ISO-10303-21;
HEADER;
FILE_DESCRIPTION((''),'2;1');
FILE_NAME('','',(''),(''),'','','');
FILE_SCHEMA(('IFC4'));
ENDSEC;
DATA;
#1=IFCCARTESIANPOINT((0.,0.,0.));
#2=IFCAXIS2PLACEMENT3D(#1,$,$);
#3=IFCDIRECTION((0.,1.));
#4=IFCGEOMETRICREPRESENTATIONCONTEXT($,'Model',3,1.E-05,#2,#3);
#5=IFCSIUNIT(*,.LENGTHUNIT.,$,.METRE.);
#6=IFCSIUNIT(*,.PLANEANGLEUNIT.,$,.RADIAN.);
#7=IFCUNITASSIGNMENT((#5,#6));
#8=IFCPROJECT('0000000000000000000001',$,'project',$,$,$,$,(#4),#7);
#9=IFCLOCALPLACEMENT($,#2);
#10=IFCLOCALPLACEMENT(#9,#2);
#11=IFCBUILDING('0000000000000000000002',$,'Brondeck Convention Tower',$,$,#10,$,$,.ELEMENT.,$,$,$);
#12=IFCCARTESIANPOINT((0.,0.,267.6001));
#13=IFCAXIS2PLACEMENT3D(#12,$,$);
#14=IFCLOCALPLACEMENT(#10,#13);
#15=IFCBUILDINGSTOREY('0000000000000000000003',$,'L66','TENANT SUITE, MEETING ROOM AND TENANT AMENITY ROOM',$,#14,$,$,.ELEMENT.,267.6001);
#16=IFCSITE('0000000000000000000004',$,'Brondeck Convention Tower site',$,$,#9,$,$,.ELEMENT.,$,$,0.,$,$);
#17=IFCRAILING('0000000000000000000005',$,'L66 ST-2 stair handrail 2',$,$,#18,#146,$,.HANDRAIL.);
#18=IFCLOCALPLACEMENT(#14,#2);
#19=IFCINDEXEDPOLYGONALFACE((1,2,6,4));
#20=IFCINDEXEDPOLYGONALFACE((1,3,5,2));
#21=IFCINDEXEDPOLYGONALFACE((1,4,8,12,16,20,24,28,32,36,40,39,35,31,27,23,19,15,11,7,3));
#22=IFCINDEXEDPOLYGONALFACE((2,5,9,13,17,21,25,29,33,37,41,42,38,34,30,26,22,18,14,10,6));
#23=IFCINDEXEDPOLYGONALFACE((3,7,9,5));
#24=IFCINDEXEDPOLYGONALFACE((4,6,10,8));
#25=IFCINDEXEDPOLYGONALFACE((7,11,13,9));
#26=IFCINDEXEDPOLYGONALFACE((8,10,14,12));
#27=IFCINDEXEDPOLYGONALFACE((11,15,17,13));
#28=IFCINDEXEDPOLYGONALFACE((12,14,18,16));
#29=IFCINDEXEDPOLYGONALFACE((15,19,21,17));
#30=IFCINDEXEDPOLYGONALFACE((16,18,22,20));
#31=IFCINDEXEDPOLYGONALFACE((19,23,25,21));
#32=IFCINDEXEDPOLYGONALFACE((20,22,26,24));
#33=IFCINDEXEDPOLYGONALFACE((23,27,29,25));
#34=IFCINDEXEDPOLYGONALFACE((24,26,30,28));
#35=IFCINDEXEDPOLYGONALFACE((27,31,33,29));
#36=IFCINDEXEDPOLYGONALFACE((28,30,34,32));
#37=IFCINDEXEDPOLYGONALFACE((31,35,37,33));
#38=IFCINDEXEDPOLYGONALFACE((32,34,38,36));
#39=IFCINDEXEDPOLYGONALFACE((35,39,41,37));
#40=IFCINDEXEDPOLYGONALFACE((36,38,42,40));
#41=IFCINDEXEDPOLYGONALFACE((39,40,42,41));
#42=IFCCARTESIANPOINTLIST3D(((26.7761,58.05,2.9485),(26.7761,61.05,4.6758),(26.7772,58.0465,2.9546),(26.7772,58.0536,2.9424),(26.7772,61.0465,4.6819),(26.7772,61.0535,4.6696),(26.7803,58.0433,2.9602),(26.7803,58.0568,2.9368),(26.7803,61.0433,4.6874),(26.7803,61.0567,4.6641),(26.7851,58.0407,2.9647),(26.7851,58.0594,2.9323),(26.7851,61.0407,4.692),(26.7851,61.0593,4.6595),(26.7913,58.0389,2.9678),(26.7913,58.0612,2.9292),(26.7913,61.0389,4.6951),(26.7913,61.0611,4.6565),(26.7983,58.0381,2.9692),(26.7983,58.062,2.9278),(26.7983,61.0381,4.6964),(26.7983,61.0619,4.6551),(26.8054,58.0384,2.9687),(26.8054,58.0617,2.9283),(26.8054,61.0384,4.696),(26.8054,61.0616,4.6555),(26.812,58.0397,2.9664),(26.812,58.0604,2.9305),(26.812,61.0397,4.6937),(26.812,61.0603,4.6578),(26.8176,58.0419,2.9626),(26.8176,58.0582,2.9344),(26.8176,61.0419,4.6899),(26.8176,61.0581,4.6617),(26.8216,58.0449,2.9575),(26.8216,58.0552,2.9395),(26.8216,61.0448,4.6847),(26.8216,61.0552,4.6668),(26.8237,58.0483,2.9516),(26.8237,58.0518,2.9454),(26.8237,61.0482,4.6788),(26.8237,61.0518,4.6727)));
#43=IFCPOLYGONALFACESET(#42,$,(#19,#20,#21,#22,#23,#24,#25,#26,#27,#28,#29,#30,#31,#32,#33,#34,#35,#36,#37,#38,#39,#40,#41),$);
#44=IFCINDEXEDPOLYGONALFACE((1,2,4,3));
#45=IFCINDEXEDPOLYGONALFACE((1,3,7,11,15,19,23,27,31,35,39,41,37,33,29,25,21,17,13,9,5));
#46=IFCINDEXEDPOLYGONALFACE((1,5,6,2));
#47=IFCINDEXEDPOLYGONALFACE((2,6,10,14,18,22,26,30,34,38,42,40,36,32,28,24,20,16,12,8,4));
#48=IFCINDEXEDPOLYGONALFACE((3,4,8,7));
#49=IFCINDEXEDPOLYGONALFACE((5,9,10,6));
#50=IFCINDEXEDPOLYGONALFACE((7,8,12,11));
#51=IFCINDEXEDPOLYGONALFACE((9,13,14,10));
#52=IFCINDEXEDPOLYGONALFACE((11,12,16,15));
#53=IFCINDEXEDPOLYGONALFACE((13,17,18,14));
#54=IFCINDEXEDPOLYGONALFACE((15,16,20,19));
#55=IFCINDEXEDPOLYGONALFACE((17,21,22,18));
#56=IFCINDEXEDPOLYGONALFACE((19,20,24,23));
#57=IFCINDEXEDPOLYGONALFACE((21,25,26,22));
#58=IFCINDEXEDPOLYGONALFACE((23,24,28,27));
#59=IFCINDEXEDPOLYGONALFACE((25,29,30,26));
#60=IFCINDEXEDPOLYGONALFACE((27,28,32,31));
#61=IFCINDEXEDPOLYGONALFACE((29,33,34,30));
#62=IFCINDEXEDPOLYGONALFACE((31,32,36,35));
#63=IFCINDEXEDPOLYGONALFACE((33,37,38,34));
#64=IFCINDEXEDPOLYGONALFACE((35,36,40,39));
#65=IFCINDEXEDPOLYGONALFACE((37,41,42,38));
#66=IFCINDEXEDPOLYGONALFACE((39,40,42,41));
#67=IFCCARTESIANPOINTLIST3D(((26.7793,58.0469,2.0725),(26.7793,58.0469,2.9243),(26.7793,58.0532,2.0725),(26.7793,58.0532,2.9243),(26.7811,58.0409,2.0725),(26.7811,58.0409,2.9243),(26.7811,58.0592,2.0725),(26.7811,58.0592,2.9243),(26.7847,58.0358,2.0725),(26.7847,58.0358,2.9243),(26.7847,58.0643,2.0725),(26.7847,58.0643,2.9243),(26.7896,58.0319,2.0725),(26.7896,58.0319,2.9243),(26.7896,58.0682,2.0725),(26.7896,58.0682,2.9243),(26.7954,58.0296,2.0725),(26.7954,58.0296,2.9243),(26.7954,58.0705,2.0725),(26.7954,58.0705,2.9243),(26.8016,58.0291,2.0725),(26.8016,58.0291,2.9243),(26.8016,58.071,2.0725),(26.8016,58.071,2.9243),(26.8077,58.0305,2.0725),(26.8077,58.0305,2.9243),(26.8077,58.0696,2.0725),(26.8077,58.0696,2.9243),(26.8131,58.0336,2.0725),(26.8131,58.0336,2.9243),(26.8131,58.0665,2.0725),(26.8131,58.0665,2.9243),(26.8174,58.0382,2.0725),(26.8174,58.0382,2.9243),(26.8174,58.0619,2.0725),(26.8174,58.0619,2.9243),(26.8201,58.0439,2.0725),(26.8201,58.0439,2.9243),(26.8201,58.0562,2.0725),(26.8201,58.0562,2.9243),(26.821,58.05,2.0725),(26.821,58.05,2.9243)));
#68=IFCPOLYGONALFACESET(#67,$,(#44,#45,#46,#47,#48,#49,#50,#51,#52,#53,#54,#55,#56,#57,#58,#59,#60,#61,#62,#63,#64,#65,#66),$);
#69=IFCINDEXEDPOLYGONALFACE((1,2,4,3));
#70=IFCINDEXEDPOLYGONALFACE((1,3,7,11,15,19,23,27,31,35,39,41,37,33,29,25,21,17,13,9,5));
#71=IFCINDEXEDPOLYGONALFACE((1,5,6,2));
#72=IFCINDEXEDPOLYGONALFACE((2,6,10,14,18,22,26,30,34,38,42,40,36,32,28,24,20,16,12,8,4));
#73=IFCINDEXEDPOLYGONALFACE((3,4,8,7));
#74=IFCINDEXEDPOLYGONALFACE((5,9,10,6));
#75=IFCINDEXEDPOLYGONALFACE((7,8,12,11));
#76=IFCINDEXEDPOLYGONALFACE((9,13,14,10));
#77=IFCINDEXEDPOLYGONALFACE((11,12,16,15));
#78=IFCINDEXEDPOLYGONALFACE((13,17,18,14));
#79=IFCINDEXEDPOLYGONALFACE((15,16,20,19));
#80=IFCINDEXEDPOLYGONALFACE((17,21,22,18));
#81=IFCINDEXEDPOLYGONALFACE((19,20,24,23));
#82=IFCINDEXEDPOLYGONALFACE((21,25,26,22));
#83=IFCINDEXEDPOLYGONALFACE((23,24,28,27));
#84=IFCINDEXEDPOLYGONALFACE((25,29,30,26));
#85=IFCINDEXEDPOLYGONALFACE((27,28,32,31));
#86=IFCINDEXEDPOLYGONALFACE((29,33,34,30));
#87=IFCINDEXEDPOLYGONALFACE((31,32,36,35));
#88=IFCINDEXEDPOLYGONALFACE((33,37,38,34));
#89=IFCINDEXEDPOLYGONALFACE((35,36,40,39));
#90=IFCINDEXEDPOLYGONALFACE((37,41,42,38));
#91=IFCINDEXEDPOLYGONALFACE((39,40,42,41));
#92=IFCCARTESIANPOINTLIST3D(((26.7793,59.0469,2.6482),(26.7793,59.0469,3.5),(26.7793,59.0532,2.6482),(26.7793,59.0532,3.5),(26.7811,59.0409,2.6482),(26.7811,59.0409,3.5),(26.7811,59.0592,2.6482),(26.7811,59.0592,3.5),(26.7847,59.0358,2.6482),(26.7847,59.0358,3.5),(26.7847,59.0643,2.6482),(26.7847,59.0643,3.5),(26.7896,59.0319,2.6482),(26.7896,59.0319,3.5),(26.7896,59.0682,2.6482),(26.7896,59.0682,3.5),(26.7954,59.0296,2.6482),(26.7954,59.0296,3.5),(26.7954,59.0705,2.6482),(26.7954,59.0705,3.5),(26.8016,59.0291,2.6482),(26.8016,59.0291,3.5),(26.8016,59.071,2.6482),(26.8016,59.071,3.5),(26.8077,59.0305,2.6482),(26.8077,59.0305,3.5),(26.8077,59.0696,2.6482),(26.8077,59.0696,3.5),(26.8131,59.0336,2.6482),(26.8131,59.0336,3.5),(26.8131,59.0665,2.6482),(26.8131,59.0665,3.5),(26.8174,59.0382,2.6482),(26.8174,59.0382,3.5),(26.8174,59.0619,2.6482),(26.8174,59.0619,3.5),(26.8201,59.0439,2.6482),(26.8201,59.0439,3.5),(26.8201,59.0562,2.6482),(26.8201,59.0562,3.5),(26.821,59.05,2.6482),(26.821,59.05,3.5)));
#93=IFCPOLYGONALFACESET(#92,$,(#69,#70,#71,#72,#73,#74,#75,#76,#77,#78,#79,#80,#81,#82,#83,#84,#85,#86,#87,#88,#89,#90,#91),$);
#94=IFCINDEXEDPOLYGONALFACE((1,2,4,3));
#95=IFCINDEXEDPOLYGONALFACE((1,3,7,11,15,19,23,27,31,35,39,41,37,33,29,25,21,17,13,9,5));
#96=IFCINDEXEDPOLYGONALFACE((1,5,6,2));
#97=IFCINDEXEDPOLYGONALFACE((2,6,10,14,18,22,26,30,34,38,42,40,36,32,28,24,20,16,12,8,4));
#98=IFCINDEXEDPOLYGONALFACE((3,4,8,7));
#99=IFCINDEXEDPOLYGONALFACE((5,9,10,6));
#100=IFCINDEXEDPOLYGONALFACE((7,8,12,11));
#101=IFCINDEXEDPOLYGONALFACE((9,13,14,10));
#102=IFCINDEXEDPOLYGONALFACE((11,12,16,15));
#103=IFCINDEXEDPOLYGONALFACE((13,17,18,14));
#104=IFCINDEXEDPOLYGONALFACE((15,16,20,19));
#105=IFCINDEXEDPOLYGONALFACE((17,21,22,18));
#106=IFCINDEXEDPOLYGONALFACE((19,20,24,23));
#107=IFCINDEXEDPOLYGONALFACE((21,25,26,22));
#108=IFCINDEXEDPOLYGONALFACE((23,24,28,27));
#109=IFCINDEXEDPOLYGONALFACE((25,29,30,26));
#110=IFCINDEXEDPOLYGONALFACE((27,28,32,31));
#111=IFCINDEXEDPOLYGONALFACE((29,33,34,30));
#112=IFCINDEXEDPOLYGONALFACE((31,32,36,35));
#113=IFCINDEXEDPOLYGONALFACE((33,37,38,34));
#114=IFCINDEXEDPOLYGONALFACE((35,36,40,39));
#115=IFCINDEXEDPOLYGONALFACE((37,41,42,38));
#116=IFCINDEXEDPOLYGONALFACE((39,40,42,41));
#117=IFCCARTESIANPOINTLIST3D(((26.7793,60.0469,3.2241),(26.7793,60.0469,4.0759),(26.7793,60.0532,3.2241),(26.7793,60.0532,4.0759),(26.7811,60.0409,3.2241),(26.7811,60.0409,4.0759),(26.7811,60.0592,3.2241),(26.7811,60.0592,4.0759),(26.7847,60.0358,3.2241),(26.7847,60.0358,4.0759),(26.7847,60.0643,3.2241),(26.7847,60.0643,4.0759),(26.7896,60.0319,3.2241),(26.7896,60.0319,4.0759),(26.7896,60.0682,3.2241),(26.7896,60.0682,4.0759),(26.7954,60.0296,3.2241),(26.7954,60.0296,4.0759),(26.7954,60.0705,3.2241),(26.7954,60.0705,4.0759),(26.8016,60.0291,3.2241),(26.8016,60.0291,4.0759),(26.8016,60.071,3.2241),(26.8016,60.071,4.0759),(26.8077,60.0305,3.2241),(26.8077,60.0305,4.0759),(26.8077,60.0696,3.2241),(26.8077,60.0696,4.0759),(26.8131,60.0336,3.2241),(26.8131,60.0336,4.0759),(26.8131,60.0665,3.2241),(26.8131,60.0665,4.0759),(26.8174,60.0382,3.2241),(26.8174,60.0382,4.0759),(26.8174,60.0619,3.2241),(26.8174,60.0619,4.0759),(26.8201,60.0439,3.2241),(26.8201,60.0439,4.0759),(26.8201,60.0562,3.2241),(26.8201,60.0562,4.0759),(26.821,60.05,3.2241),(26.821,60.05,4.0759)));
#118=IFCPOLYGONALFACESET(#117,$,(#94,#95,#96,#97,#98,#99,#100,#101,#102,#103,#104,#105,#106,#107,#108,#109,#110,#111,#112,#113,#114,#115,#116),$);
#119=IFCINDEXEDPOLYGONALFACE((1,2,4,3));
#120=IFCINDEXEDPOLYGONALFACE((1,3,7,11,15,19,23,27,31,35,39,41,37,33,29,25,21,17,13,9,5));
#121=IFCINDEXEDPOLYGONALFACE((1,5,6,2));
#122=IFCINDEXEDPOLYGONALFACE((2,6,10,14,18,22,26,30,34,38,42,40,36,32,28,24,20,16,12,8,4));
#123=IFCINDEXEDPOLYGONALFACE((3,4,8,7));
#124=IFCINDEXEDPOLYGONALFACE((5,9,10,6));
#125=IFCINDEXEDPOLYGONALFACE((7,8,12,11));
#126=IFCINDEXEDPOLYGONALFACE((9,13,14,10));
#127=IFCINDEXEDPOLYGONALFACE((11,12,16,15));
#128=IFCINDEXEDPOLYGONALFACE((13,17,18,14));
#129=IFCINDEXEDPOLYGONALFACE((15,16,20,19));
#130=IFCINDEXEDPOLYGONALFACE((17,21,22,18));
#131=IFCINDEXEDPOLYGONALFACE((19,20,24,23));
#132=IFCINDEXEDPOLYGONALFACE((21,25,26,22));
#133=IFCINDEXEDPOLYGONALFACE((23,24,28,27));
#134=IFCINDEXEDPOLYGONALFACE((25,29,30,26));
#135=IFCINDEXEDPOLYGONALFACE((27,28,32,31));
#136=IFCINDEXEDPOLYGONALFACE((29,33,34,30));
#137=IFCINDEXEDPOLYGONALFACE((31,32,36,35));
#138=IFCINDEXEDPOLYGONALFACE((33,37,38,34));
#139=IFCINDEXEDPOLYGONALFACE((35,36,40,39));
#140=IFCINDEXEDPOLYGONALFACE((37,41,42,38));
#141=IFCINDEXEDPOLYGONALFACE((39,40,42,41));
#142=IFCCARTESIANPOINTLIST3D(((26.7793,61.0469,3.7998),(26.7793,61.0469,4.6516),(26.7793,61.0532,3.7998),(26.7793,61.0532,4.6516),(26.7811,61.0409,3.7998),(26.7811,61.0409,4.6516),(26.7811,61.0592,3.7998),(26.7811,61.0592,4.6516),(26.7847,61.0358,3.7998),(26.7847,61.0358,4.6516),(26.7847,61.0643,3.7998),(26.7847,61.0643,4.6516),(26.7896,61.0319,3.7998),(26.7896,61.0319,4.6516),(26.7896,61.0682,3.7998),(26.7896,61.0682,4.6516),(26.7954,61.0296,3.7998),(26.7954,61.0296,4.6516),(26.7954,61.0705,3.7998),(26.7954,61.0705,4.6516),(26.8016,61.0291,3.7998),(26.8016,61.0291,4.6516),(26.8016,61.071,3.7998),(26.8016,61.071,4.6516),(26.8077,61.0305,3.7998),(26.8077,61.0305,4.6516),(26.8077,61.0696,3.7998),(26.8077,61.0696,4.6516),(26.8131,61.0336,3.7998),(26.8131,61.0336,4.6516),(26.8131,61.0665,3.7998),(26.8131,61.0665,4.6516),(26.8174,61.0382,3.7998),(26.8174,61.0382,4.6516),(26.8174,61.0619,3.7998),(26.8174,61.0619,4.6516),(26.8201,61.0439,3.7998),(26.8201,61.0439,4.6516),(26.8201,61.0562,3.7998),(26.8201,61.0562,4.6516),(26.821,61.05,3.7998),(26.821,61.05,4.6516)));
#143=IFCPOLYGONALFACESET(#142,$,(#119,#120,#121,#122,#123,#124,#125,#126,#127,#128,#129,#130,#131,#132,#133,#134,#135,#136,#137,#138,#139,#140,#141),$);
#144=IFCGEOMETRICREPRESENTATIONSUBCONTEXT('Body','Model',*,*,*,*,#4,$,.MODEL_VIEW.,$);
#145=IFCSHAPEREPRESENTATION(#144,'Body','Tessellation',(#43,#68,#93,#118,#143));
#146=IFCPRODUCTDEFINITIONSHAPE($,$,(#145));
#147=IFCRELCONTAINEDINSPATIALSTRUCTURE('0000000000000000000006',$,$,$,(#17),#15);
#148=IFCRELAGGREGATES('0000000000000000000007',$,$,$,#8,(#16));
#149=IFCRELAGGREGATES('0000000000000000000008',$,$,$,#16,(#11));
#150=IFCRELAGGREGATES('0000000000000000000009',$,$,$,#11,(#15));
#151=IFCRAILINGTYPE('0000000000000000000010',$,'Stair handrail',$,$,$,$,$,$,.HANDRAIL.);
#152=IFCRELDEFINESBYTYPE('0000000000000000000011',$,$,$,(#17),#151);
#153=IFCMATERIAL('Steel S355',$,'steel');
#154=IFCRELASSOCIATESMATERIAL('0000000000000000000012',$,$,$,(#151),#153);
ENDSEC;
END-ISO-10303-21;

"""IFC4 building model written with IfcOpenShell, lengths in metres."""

from ifc_helpers import new_model, si_unit, direction, frame, origin, origin_2d, place, context, subcontext, project, spatial, circle, extrude, material, type_object, element, save


model = new_model("IFC4")

# Units and contexts
model_context = context("Model", 3, precision=1e-05, world=origin(), true_north=direction((0.0, 1.0)))
body_context = subcontext(model_context, "Body", "Model", "MODEL_VIEW")
ifc_project = project(units=[si_unit("LENGTHUNIT", "METRE"), si_unit("PLANEANGLEUNIT", "RADIAN")], contexts=[model_context])

# Site, building, storey
site_placement = place(None, origin())
site = spatial("IfcSite", under=ifc_project, at=site_placement, Name="Brondeck Convention Tower site", CompositionType="ELEMENT", RefElevation=0.0)
building_placement = place(site_placement, origin())
building = spatial("IfcBuilding", under=site, at=building_placement, Name="Brondeck Convention Tower", CompositionType="ELEMENT")
storey_placement = place(building_placement, frame((0.0, 0.0, 267.6001)))
storey = spatial("IfcBuildingStorey", under=building, at=storey_placement, Name="L66", Description="TENANT SUITE, MEETING ROOM AND TENANT AMENITY ROOM", CompositionType="ELEMENT", Elevation=267.6001)

# Railing
ifc_material_1 = material(Name="Steel S355", Category="steel")
railing_type = type_object("IfcRailingType", Name="Stair handrail", PredefinedType="HANDRAIL", material=ifc_material_1)
railing_placement = place(storey_placement, frame((26.8, 58.05, 2.0725)))
element("IfcRailing", 1, at=railing_placement, inside=storey, type_object=railing_type, Name="L66 ST-2 stair handrail 2", PredefinedType="HANDRAIL", context=body_context, shape_type="SweptSolid", body=[
    extrude(circle(Radius=0.0239, at=origin_2d()), frame((0.0, 0.0, 0.876), z_axis=(0.0, 0.86662, 0.498969), x_axis=(-1.0, 0.0, 0.0)), (0.0, 0.0, 1.0), 3.4617),
    extrude(circle(Radius=0.021, at=origin_2d()), origin(), (0.0, 0.0, 1.0), 0.8518),
    extrude(circle(Radius=0.021, at=origin_2d()), frame((0.0, 1.0, 0.5757)), (0.0, 0.0, 1.0), 0.8518),
    extrude(circle(Radius=0.021, at=origin_2d()), frame((0.0, 2.0, 1.1516)), (0.0, 0.0, 1.0), 0.8518),
    extrude(circle(Radius=0.021, at=origin_2d()), frame((0.0, 3.0, 1.7273)), (0.0, 0.0, 1.0), 0.8518),
])

save(model, "model.ifc")
